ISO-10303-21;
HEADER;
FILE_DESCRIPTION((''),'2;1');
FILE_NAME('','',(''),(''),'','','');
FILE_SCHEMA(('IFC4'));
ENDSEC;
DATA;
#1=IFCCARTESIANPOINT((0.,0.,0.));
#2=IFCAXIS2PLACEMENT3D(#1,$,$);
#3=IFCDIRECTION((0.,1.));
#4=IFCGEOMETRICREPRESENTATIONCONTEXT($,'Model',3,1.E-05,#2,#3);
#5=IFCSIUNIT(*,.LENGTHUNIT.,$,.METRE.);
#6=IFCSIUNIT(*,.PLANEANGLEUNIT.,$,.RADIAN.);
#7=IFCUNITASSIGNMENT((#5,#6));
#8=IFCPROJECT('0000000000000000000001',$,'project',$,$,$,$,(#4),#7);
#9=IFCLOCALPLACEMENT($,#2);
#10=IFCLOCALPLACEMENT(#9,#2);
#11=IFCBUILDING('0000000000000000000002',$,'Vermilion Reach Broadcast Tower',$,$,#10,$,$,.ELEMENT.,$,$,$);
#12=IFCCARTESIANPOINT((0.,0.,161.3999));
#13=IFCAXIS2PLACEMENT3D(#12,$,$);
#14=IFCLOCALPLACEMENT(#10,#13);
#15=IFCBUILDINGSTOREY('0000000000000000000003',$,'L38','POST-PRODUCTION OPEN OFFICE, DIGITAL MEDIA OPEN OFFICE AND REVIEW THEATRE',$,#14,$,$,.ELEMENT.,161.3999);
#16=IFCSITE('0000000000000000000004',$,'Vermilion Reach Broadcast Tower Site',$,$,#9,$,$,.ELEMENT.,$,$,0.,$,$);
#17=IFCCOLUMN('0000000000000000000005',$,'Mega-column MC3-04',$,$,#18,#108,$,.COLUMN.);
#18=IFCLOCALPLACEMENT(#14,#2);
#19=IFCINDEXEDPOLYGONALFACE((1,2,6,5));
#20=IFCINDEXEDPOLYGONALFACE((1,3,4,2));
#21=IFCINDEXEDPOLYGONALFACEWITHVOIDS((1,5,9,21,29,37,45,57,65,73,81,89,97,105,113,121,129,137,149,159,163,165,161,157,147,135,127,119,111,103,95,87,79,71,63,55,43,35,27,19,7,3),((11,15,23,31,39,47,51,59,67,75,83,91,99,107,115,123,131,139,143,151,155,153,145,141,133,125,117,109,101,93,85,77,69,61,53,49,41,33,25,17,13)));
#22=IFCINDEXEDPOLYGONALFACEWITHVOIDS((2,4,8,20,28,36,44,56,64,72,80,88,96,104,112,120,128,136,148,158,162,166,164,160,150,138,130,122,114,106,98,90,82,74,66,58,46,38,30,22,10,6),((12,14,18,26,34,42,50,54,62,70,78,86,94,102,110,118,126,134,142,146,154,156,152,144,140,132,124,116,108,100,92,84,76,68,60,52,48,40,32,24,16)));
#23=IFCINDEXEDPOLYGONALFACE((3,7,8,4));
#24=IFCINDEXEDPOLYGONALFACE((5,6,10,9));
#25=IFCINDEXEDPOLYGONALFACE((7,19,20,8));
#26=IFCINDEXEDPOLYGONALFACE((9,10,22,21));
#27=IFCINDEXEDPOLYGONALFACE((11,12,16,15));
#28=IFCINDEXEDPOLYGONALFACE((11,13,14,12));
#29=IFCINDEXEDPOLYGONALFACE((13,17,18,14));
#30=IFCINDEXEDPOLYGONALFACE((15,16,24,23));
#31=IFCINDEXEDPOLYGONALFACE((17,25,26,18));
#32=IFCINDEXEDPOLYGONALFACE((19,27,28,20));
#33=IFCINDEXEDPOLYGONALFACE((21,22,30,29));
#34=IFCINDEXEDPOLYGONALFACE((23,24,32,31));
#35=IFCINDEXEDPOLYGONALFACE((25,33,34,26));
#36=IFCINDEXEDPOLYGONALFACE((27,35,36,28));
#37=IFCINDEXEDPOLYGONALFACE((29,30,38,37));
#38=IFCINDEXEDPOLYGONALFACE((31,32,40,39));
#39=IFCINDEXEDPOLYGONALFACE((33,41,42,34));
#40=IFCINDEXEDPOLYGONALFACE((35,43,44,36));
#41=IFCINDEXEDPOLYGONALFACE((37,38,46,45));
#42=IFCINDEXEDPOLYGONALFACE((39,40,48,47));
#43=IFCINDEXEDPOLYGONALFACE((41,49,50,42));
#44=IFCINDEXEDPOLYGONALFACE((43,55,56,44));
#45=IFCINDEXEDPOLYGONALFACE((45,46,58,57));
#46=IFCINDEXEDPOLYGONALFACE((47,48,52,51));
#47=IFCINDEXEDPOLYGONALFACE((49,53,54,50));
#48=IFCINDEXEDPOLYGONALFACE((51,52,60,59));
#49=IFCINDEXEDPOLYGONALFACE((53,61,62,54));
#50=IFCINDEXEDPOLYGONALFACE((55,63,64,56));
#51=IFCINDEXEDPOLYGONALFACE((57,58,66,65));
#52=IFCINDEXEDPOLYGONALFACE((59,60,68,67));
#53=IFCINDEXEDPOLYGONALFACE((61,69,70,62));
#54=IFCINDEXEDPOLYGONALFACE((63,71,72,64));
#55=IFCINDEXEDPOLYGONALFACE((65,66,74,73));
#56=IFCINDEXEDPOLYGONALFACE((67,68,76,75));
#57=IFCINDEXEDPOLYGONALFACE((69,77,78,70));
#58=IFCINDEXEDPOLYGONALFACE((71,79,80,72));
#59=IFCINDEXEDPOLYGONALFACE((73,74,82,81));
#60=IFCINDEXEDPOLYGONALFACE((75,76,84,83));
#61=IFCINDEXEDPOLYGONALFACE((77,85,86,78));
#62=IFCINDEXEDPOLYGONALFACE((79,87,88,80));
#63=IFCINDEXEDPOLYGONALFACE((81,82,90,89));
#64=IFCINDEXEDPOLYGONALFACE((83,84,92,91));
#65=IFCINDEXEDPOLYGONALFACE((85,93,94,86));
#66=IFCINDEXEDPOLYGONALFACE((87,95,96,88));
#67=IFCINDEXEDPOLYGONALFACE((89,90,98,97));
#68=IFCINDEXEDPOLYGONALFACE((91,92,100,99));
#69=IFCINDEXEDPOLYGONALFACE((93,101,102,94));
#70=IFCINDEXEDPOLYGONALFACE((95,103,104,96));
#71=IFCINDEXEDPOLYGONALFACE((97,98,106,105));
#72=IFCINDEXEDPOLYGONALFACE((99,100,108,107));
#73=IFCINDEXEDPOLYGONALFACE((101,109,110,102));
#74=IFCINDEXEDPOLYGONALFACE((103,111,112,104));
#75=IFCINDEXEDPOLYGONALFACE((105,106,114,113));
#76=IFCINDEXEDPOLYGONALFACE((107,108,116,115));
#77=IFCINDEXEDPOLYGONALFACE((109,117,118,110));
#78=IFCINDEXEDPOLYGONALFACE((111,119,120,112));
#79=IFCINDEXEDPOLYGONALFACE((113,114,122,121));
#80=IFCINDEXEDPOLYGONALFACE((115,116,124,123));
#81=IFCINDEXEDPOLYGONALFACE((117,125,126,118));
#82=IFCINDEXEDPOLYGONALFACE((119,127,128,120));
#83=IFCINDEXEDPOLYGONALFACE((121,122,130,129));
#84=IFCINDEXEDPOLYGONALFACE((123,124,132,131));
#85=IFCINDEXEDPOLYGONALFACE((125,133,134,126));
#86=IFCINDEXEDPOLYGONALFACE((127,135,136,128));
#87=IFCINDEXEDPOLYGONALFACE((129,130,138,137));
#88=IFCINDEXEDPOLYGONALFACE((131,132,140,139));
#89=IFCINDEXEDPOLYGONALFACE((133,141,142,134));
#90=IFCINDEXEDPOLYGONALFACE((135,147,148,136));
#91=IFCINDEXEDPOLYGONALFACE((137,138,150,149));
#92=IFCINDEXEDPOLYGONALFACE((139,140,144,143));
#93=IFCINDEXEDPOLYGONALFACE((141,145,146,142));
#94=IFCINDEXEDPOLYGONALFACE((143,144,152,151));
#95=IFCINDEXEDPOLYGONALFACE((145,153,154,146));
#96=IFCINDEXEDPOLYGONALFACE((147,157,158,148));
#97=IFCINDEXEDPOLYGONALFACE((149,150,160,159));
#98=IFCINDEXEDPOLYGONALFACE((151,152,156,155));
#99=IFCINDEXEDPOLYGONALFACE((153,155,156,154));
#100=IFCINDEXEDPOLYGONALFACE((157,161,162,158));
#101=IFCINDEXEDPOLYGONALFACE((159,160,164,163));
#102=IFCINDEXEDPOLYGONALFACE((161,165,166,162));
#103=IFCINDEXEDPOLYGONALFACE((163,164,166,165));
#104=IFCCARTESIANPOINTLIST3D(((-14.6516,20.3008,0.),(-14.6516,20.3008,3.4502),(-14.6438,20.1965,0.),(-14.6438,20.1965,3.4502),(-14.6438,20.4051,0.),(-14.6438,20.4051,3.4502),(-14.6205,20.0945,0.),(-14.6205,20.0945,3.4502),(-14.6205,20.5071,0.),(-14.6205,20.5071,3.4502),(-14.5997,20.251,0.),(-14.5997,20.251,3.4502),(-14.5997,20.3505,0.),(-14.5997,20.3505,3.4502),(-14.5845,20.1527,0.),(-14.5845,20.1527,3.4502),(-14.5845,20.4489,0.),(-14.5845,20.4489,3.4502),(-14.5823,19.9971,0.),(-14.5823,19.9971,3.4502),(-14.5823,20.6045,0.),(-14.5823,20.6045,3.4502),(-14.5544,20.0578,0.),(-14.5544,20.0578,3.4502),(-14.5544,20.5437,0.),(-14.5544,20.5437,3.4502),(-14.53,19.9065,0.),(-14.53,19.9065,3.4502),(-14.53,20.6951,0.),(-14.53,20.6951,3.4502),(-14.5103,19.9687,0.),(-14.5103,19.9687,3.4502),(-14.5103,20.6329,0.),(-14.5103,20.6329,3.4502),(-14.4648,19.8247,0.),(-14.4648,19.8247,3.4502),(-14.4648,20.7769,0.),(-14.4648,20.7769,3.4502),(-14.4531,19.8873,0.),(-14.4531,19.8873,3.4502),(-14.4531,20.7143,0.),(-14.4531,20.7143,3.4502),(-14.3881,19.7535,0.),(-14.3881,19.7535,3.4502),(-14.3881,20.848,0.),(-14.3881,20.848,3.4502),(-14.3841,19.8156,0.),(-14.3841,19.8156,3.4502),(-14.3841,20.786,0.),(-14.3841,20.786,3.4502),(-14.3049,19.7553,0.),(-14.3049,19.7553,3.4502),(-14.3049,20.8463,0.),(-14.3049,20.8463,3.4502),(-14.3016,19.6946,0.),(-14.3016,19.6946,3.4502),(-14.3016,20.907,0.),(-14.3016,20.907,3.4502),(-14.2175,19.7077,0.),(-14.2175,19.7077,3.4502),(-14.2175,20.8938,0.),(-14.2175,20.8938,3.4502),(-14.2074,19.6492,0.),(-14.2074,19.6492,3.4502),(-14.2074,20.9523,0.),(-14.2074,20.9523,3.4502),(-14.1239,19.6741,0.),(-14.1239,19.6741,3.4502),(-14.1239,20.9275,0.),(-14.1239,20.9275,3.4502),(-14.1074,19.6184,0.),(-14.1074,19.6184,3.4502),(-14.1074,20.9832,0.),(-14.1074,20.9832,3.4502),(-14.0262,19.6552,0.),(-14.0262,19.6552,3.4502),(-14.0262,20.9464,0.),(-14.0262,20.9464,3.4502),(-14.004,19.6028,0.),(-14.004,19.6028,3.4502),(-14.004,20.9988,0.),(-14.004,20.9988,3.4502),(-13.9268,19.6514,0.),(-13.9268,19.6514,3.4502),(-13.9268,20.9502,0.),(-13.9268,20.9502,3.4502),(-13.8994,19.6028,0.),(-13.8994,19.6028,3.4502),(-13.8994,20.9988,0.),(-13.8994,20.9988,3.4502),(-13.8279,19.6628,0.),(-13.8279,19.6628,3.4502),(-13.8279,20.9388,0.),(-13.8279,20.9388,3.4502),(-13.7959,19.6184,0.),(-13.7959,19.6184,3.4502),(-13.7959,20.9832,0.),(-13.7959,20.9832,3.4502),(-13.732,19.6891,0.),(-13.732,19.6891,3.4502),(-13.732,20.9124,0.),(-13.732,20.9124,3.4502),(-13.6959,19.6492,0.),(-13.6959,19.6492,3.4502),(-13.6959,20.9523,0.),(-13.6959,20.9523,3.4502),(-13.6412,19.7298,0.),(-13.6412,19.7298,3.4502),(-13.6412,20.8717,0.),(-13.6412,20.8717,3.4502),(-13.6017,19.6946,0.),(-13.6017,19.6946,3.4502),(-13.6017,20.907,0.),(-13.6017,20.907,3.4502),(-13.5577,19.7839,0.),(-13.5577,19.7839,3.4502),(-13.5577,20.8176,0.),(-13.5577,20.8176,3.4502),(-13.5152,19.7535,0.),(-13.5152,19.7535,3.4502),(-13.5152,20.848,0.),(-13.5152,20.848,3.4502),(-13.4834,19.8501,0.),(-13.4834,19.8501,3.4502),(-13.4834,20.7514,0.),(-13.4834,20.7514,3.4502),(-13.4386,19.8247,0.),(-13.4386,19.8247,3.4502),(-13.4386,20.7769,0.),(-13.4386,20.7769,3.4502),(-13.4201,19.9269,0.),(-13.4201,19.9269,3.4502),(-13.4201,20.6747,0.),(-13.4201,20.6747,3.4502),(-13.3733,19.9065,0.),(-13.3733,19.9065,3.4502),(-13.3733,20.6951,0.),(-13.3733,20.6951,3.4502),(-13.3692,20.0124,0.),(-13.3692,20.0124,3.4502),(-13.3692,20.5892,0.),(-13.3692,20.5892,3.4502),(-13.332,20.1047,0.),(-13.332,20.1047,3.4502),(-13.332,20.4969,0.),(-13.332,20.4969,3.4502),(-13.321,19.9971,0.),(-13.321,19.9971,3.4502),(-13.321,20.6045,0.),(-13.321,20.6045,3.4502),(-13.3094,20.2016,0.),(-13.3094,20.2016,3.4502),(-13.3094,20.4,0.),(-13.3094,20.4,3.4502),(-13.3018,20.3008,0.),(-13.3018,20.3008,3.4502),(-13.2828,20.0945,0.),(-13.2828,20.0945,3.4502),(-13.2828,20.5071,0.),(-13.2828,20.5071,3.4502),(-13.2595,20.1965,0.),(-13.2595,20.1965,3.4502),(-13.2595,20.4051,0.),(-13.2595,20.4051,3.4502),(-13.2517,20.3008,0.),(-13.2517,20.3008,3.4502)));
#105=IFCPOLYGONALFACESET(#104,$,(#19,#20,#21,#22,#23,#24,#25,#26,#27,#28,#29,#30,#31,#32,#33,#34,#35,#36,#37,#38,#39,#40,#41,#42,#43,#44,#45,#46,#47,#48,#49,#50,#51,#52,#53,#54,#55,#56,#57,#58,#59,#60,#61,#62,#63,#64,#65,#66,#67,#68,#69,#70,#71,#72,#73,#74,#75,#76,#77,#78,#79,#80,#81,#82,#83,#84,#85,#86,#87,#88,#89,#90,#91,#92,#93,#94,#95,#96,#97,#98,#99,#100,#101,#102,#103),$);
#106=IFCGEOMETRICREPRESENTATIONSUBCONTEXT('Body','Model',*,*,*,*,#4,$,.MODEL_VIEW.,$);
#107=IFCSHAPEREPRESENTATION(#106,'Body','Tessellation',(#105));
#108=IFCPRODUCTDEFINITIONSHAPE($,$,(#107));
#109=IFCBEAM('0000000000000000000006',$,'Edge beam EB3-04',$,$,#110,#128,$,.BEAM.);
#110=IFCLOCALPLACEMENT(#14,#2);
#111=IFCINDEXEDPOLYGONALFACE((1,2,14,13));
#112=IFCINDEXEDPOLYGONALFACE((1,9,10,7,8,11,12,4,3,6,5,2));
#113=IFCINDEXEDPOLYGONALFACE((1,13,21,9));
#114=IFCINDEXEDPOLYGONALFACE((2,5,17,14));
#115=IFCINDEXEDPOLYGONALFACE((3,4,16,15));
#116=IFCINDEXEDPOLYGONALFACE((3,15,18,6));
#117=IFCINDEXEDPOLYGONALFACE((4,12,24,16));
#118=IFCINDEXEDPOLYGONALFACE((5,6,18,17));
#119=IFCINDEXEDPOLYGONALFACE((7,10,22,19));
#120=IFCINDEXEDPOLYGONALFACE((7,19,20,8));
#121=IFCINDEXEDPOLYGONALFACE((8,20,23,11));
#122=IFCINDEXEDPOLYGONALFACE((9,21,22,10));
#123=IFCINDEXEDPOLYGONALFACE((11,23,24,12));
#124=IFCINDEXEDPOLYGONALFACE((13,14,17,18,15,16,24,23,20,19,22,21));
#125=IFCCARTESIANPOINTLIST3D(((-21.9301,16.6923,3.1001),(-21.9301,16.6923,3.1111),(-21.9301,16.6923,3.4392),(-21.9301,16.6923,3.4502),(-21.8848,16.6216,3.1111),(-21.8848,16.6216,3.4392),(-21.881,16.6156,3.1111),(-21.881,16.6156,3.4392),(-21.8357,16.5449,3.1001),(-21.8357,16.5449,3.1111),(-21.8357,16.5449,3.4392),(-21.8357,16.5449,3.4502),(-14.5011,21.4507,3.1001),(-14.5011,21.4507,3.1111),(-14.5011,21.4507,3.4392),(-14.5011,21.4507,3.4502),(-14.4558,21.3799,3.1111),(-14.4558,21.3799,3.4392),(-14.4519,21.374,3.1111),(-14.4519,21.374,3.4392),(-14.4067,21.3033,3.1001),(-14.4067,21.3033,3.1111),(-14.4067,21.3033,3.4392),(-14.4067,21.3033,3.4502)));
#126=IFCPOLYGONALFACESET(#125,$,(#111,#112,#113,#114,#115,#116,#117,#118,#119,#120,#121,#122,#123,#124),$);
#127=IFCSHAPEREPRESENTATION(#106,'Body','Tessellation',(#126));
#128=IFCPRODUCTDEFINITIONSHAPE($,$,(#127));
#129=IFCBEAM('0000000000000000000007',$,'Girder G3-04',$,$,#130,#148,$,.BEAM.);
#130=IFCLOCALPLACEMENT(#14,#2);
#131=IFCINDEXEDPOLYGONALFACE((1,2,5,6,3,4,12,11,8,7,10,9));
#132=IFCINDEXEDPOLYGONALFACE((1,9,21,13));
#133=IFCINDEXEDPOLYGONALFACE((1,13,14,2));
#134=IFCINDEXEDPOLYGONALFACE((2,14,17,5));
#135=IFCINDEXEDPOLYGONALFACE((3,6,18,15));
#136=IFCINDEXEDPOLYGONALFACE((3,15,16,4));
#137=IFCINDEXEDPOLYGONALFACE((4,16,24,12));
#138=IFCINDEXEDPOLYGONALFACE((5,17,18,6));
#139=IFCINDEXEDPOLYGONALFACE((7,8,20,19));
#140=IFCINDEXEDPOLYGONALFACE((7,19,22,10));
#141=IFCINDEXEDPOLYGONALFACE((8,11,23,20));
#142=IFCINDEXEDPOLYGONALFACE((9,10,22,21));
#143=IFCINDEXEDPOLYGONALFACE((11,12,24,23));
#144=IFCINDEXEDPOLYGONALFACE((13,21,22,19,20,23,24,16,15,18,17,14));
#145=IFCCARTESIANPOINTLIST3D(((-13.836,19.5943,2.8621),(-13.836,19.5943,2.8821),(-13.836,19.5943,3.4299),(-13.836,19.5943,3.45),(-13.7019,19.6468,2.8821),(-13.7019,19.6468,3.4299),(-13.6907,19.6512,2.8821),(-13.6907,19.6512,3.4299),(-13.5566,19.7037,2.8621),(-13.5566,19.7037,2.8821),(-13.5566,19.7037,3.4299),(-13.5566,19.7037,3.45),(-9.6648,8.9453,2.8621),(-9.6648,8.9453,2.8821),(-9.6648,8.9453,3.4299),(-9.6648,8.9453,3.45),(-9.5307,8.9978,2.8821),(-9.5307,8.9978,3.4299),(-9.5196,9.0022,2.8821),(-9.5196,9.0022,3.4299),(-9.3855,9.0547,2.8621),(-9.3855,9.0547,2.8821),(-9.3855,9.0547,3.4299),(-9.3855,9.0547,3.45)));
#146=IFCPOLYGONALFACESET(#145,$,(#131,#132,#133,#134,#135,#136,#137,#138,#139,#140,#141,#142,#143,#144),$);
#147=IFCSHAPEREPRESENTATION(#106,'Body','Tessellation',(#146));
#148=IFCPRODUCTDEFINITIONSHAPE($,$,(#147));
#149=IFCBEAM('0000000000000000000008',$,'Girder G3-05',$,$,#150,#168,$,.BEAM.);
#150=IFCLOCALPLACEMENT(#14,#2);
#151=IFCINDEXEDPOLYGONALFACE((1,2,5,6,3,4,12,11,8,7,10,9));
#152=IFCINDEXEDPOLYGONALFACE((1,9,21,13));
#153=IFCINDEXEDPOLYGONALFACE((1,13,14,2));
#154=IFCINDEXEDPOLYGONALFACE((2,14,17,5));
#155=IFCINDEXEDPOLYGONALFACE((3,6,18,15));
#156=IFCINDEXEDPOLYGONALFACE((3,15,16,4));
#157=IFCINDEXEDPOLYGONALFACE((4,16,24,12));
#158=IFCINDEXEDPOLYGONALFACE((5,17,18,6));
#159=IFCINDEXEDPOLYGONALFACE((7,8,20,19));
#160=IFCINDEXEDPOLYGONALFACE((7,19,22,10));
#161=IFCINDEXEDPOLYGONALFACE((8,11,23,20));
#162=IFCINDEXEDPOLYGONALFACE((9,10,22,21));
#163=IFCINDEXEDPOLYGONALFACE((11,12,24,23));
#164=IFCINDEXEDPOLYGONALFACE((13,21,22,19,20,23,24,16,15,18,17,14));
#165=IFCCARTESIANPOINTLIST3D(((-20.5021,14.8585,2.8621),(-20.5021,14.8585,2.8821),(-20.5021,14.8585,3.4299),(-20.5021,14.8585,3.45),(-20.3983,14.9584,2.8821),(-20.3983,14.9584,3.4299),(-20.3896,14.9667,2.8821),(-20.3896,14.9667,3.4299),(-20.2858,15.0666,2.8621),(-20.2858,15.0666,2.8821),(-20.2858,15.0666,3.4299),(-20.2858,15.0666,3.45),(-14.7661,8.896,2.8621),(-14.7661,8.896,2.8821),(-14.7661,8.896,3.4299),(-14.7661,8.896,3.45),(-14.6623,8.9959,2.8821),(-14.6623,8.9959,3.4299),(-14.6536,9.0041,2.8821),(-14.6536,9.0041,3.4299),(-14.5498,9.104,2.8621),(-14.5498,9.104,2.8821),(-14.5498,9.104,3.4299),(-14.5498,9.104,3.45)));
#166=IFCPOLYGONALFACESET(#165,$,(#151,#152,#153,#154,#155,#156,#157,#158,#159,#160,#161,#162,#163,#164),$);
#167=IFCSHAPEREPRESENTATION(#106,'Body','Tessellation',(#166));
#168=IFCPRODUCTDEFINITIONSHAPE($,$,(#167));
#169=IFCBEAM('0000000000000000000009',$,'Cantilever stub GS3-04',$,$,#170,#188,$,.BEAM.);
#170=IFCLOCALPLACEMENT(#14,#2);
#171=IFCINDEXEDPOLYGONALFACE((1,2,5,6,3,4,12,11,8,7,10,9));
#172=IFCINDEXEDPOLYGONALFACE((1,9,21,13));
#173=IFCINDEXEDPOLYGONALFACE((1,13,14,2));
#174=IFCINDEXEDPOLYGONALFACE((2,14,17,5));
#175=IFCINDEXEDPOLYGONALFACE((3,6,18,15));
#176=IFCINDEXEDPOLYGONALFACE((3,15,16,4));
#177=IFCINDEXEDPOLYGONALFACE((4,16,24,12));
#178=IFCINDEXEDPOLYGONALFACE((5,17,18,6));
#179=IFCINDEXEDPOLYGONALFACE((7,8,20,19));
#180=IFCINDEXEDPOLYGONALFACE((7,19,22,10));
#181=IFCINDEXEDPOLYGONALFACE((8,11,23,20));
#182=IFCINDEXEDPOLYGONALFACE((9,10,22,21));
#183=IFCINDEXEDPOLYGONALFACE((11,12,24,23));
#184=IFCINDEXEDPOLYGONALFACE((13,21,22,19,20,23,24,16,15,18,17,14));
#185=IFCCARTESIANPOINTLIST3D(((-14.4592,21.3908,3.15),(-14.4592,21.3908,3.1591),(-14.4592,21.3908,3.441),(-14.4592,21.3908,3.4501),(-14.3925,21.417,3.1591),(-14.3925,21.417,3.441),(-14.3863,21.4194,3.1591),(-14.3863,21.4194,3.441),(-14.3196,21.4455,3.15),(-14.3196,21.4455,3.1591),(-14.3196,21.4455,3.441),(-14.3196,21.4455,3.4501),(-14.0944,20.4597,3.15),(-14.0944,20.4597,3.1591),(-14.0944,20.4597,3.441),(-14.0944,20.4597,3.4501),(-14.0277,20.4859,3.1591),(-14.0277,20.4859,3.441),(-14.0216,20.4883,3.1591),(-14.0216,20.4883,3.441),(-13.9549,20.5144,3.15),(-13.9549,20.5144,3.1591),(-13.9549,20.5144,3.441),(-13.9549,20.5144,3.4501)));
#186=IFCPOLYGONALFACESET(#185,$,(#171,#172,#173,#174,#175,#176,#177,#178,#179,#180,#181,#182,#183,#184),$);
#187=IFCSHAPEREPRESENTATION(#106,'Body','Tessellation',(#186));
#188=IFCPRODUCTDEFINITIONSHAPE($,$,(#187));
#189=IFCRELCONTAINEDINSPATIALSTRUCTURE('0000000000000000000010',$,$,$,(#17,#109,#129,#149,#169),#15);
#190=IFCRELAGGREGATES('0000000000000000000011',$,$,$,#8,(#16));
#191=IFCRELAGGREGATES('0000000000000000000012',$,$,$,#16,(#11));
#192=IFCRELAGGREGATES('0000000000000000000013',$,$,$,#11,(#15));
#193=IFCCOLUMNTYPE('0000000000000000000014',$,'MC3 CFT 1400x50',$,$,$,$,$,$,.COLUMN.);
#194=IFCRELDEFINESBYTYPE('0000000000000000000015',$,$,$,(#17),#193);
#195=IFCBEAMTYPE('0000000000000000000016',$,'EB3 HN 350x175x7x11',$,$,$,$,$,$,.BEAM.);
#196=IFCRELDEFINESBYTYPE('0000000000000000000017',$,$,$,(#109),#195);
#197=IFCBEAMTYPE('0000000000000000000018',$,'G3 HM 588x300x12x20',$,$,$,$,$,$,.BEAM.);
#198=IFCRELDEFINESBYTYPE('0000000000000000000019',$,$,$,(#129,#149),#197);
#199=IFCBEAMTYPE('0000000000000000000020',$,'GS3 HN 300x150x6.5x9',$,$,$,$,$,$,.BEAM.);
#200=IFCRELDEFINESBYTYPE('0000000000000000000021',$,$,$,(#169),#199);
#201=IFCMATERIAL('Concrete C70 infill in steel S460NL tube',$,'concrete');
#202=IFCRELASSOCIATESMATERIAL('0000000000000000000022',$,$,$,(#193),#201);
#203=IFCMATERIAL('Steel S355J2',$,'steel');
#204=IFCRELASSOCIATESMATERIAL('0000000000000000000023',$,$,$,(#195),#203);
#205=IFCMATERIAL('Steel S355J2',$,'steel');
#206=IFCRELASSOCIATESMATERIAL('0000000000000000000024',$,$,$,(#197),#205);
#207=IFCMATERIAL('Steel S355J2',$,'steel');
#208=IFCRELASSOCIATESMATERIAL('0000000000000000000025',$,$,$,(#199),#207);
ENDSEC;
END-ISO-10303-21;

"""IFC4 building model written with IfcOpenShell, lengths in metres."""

from ifc_helpers import new_model, si_unit, direction, frame, origin, origin_2d, place, context, subcontext, project, spatial, hollow_circle, i_section, extrude, material, material_profile, profile_set, type_object, element, save


model = new_model("IFC4")

# Units and contexts
model_context = context("Model", 3, precision=1e-05, world=origin(), true_north=direction((0.0, 1.0)))
body_context = subcontext(model_context, "Body", "Model", "MODEL_VIEW")
ifc_project = project(units=[si_unit("LENGTHUNIT", "METRE"), si_unit("PLANEANGLEUNIT", "RADIAN")], contexts=[model_context])

# Site, building, storey
site_placement = place(None, origin())
site = spatial("IfcSite", under=ifc_project, at=site_placement, Name="Vermilion Reach Broadcast Tower Site", CompositionType="ELEMENT", RefElevation=0.0)
building_placement = place(site_placement, origin())
building = spatial("IfcBuilding", under=site, at=building_placement, Name="Vermilion Reach Broadcast Tower", CompositionType="ELEMENT")
storey_placement = place(building_placement, frame((0.0, 0.0, 161.3999)))
storey = spatial("IfcBuildingStorey", under=building, at=storey_placement, Name="L38", Description="POST-PRODUCTION OPEN OFFICE, DIGITAL MEDIA OPEN OFFICE AND REVIEW THEATRE", CompositionType="ELEMENT", Elevation=161.3999)

# Column
ifc_material_1 = material(Name="Concrete C70 infill in steel S460NL tube", Category="concrete")
ifc_material_profile_1 = material_profile(ifc_material_1, hollow_circle(Radius=0.7, WallThickness=0.05, at=origin_2d()), Name="Concrete C70 infill in steel S460NL tube CFT 1400x50")
ifc_profile_set_1 = profile_set([ifc_material_profile_1], Name="Concrete C70 infill in steel S460NL tube")
column_type = type_object("IfcColumnType", Name="MC3 CFT 1400x50", PredefinedType="COLUMN", material=ifc_profile_set_1)
column_placement = place(storey_placement, frame((-13.9517, 20.3008, 0.0), z_axis=(0.0, 0.0, 1.0), x_axis=(1.0, 0.0, 0.0)))
element("IfcColumn", 1, at=column_placement, inside=storey, type_object=column_type, Name="Mega-column MC3-04", PredefinedType="COLUMN", context=body_context, shape_type="SweptSolid", body=[
    extrude(hollow_circle(Radius=0.7, WallThickness=0.05, at=origin_2d()), origin(), (0.0, 0.0, 1.0), 3.4502),
])

# Beams
ifc_material_2 = material(Name="Steel S355J2", Category="steel")
ifc_material_profile_2 = material_profile(ifc_material_2, i_section(OverallWidth=0.175, OverallDepth=0.3501, WebThickness=0.0071, FlangeThickness=0.011, at=origin_2d()), Name="S355J2 HN 350x175x7x11")
ifc_profile_set_2 = profile_set([ifc_material_profile_2], Name="Steel S355J2")
beam_type_1 = type_object("IfcBeamType", Name="EB3 HN 350x175x7x11", PredefinedType="BEAM", material=ifc_profile_set_2)
beam_1_placement = place(storey_placement, frame((-14.4539, 21.377, 3.2751), z_axis=(-0.842077, -0.539357, 0.0), x_axis=(0.539357, -0.842077, 0.0)))
element("IfcBeam", 2, at=beam_1_placement, inside=storey, type_object=beam_type_1, Name="Edge beam EB3-04", PredefinedType="BEAM", context=body_context, shape_type="SweptSolid", body=[
    extrude(i_section(OverallWidth=0.175, OverallDepth=0.3501, WebThickness=0.0071, FlangeThickness=0.011, at=origin_2d()), origin(), (0.0, 0.0, 1.0), 8.8223),
])
ifc_material_3 = material(Name="Steel S355J2", Category="steel")
ifc_material_profile_3 = material_profile(ifc_material_3, i_section(OverallWidth=0.3, OverallDepth=0.5879, WebThickness=0.012, FlangeThickness=0.02, at=origin_2d()), Name="S355J2 HM 588x300x12x20")
ifc_profile_set_3 = profile_set([ifc_material_profile_3], Name="Steel S355J2")
beam_type_2 = type_object("IfcBeamType", Name="G3 HM 588x300x12x20", PredefinedType="BEAM", material=ifc_profile_set_3)
beam_2_placement = place(storey_placement, frame((-9.5251, 9.0, 3.156), z_axis=(-0.364716, 0.931119, 0.0), x_axis=(-0.931119, -0.364716, 0.0)))
element("IfcBeam", 3, at=beam_2_placement, inside=storey, type_object=beam_type_2, Name="Girder G3-04", PredefinedType="BEAM", context=body_context, shape_type="SweptSolid", body=[
    extrude(i_section(OverallWidth=0.3, OverallDepth=0.5879, WebThickness=0.012, FlangeThickness=0.02, at=origin_2d()), origin(), (0.0, 0.0, 1.0), 11.4368),
])
beam_3_placement = place(storey_placement, frame((-14.658, 9.0, 3.156), z_axis=(-0.693283, 0.720666, 0.0), x_axis=(-0.720666, -0.693283, 0.0)))
element("IfcBeam", 4, at=beam_3_placement, inside=storey, type_object=beam_type_2, Name="Girder G3-05", PredefinedType="BEAM", context=body_context, shape_type="SweptSolid", body=[
    extrude(i_section(OverallWidth=0.3, OverallDepth=0.5879, WebThickness=0.012, FlangeThickness=0.02, at=origin_2d()), origin(), (0.0, 0.0, 1.0), 8.2737),
])
ifc_material_4 = material(Name="Steel S355J2", Category="steel")
ifc_material_profile_4 = material_profile(ifc_material_4, i_section(OverallWidth=0.1499, OverallDepth=0.3, WebThickness=0.0066, FlangeThickness=0.009, at=origin_2d()), Name="S355J2 HN 300x150x6.5x9")
ifc_profile_set_4 = profile_set([ifc_material_profile_4], Name="Steel S355J2")
beam_type_3 = type_object("IfcBeamType", Name="GS3 HN 300x150x6.5x9", PredefinedType="BEAM", material=ifc_profile_set_4)
beam_4_placement = place(storey_placement, frame((-14.0247, 20.4871, 3.3), z_axis=(-0.364731, 0.931113, 0.0), x_axis=(-0.931113, -0.364731, 0.0)))
element("IfcBeam", 5, at=beam_4_placement, inside=storey, type_object=beam_type_3, Name="Cantilever stub GS3-04", PredefinedType="BEAM", context=body_context, shape_type="SweptSolid", body=[
    extrude(i_section(OverallWidth=0.1499, OverallDepth=0.3, WebThickness=0.0066, FlangeThickness=0.009, at=origin_2d()), origin(), (0.0, 0.0, 1.0), 1.0),
])

save(model, "model.ifc")
